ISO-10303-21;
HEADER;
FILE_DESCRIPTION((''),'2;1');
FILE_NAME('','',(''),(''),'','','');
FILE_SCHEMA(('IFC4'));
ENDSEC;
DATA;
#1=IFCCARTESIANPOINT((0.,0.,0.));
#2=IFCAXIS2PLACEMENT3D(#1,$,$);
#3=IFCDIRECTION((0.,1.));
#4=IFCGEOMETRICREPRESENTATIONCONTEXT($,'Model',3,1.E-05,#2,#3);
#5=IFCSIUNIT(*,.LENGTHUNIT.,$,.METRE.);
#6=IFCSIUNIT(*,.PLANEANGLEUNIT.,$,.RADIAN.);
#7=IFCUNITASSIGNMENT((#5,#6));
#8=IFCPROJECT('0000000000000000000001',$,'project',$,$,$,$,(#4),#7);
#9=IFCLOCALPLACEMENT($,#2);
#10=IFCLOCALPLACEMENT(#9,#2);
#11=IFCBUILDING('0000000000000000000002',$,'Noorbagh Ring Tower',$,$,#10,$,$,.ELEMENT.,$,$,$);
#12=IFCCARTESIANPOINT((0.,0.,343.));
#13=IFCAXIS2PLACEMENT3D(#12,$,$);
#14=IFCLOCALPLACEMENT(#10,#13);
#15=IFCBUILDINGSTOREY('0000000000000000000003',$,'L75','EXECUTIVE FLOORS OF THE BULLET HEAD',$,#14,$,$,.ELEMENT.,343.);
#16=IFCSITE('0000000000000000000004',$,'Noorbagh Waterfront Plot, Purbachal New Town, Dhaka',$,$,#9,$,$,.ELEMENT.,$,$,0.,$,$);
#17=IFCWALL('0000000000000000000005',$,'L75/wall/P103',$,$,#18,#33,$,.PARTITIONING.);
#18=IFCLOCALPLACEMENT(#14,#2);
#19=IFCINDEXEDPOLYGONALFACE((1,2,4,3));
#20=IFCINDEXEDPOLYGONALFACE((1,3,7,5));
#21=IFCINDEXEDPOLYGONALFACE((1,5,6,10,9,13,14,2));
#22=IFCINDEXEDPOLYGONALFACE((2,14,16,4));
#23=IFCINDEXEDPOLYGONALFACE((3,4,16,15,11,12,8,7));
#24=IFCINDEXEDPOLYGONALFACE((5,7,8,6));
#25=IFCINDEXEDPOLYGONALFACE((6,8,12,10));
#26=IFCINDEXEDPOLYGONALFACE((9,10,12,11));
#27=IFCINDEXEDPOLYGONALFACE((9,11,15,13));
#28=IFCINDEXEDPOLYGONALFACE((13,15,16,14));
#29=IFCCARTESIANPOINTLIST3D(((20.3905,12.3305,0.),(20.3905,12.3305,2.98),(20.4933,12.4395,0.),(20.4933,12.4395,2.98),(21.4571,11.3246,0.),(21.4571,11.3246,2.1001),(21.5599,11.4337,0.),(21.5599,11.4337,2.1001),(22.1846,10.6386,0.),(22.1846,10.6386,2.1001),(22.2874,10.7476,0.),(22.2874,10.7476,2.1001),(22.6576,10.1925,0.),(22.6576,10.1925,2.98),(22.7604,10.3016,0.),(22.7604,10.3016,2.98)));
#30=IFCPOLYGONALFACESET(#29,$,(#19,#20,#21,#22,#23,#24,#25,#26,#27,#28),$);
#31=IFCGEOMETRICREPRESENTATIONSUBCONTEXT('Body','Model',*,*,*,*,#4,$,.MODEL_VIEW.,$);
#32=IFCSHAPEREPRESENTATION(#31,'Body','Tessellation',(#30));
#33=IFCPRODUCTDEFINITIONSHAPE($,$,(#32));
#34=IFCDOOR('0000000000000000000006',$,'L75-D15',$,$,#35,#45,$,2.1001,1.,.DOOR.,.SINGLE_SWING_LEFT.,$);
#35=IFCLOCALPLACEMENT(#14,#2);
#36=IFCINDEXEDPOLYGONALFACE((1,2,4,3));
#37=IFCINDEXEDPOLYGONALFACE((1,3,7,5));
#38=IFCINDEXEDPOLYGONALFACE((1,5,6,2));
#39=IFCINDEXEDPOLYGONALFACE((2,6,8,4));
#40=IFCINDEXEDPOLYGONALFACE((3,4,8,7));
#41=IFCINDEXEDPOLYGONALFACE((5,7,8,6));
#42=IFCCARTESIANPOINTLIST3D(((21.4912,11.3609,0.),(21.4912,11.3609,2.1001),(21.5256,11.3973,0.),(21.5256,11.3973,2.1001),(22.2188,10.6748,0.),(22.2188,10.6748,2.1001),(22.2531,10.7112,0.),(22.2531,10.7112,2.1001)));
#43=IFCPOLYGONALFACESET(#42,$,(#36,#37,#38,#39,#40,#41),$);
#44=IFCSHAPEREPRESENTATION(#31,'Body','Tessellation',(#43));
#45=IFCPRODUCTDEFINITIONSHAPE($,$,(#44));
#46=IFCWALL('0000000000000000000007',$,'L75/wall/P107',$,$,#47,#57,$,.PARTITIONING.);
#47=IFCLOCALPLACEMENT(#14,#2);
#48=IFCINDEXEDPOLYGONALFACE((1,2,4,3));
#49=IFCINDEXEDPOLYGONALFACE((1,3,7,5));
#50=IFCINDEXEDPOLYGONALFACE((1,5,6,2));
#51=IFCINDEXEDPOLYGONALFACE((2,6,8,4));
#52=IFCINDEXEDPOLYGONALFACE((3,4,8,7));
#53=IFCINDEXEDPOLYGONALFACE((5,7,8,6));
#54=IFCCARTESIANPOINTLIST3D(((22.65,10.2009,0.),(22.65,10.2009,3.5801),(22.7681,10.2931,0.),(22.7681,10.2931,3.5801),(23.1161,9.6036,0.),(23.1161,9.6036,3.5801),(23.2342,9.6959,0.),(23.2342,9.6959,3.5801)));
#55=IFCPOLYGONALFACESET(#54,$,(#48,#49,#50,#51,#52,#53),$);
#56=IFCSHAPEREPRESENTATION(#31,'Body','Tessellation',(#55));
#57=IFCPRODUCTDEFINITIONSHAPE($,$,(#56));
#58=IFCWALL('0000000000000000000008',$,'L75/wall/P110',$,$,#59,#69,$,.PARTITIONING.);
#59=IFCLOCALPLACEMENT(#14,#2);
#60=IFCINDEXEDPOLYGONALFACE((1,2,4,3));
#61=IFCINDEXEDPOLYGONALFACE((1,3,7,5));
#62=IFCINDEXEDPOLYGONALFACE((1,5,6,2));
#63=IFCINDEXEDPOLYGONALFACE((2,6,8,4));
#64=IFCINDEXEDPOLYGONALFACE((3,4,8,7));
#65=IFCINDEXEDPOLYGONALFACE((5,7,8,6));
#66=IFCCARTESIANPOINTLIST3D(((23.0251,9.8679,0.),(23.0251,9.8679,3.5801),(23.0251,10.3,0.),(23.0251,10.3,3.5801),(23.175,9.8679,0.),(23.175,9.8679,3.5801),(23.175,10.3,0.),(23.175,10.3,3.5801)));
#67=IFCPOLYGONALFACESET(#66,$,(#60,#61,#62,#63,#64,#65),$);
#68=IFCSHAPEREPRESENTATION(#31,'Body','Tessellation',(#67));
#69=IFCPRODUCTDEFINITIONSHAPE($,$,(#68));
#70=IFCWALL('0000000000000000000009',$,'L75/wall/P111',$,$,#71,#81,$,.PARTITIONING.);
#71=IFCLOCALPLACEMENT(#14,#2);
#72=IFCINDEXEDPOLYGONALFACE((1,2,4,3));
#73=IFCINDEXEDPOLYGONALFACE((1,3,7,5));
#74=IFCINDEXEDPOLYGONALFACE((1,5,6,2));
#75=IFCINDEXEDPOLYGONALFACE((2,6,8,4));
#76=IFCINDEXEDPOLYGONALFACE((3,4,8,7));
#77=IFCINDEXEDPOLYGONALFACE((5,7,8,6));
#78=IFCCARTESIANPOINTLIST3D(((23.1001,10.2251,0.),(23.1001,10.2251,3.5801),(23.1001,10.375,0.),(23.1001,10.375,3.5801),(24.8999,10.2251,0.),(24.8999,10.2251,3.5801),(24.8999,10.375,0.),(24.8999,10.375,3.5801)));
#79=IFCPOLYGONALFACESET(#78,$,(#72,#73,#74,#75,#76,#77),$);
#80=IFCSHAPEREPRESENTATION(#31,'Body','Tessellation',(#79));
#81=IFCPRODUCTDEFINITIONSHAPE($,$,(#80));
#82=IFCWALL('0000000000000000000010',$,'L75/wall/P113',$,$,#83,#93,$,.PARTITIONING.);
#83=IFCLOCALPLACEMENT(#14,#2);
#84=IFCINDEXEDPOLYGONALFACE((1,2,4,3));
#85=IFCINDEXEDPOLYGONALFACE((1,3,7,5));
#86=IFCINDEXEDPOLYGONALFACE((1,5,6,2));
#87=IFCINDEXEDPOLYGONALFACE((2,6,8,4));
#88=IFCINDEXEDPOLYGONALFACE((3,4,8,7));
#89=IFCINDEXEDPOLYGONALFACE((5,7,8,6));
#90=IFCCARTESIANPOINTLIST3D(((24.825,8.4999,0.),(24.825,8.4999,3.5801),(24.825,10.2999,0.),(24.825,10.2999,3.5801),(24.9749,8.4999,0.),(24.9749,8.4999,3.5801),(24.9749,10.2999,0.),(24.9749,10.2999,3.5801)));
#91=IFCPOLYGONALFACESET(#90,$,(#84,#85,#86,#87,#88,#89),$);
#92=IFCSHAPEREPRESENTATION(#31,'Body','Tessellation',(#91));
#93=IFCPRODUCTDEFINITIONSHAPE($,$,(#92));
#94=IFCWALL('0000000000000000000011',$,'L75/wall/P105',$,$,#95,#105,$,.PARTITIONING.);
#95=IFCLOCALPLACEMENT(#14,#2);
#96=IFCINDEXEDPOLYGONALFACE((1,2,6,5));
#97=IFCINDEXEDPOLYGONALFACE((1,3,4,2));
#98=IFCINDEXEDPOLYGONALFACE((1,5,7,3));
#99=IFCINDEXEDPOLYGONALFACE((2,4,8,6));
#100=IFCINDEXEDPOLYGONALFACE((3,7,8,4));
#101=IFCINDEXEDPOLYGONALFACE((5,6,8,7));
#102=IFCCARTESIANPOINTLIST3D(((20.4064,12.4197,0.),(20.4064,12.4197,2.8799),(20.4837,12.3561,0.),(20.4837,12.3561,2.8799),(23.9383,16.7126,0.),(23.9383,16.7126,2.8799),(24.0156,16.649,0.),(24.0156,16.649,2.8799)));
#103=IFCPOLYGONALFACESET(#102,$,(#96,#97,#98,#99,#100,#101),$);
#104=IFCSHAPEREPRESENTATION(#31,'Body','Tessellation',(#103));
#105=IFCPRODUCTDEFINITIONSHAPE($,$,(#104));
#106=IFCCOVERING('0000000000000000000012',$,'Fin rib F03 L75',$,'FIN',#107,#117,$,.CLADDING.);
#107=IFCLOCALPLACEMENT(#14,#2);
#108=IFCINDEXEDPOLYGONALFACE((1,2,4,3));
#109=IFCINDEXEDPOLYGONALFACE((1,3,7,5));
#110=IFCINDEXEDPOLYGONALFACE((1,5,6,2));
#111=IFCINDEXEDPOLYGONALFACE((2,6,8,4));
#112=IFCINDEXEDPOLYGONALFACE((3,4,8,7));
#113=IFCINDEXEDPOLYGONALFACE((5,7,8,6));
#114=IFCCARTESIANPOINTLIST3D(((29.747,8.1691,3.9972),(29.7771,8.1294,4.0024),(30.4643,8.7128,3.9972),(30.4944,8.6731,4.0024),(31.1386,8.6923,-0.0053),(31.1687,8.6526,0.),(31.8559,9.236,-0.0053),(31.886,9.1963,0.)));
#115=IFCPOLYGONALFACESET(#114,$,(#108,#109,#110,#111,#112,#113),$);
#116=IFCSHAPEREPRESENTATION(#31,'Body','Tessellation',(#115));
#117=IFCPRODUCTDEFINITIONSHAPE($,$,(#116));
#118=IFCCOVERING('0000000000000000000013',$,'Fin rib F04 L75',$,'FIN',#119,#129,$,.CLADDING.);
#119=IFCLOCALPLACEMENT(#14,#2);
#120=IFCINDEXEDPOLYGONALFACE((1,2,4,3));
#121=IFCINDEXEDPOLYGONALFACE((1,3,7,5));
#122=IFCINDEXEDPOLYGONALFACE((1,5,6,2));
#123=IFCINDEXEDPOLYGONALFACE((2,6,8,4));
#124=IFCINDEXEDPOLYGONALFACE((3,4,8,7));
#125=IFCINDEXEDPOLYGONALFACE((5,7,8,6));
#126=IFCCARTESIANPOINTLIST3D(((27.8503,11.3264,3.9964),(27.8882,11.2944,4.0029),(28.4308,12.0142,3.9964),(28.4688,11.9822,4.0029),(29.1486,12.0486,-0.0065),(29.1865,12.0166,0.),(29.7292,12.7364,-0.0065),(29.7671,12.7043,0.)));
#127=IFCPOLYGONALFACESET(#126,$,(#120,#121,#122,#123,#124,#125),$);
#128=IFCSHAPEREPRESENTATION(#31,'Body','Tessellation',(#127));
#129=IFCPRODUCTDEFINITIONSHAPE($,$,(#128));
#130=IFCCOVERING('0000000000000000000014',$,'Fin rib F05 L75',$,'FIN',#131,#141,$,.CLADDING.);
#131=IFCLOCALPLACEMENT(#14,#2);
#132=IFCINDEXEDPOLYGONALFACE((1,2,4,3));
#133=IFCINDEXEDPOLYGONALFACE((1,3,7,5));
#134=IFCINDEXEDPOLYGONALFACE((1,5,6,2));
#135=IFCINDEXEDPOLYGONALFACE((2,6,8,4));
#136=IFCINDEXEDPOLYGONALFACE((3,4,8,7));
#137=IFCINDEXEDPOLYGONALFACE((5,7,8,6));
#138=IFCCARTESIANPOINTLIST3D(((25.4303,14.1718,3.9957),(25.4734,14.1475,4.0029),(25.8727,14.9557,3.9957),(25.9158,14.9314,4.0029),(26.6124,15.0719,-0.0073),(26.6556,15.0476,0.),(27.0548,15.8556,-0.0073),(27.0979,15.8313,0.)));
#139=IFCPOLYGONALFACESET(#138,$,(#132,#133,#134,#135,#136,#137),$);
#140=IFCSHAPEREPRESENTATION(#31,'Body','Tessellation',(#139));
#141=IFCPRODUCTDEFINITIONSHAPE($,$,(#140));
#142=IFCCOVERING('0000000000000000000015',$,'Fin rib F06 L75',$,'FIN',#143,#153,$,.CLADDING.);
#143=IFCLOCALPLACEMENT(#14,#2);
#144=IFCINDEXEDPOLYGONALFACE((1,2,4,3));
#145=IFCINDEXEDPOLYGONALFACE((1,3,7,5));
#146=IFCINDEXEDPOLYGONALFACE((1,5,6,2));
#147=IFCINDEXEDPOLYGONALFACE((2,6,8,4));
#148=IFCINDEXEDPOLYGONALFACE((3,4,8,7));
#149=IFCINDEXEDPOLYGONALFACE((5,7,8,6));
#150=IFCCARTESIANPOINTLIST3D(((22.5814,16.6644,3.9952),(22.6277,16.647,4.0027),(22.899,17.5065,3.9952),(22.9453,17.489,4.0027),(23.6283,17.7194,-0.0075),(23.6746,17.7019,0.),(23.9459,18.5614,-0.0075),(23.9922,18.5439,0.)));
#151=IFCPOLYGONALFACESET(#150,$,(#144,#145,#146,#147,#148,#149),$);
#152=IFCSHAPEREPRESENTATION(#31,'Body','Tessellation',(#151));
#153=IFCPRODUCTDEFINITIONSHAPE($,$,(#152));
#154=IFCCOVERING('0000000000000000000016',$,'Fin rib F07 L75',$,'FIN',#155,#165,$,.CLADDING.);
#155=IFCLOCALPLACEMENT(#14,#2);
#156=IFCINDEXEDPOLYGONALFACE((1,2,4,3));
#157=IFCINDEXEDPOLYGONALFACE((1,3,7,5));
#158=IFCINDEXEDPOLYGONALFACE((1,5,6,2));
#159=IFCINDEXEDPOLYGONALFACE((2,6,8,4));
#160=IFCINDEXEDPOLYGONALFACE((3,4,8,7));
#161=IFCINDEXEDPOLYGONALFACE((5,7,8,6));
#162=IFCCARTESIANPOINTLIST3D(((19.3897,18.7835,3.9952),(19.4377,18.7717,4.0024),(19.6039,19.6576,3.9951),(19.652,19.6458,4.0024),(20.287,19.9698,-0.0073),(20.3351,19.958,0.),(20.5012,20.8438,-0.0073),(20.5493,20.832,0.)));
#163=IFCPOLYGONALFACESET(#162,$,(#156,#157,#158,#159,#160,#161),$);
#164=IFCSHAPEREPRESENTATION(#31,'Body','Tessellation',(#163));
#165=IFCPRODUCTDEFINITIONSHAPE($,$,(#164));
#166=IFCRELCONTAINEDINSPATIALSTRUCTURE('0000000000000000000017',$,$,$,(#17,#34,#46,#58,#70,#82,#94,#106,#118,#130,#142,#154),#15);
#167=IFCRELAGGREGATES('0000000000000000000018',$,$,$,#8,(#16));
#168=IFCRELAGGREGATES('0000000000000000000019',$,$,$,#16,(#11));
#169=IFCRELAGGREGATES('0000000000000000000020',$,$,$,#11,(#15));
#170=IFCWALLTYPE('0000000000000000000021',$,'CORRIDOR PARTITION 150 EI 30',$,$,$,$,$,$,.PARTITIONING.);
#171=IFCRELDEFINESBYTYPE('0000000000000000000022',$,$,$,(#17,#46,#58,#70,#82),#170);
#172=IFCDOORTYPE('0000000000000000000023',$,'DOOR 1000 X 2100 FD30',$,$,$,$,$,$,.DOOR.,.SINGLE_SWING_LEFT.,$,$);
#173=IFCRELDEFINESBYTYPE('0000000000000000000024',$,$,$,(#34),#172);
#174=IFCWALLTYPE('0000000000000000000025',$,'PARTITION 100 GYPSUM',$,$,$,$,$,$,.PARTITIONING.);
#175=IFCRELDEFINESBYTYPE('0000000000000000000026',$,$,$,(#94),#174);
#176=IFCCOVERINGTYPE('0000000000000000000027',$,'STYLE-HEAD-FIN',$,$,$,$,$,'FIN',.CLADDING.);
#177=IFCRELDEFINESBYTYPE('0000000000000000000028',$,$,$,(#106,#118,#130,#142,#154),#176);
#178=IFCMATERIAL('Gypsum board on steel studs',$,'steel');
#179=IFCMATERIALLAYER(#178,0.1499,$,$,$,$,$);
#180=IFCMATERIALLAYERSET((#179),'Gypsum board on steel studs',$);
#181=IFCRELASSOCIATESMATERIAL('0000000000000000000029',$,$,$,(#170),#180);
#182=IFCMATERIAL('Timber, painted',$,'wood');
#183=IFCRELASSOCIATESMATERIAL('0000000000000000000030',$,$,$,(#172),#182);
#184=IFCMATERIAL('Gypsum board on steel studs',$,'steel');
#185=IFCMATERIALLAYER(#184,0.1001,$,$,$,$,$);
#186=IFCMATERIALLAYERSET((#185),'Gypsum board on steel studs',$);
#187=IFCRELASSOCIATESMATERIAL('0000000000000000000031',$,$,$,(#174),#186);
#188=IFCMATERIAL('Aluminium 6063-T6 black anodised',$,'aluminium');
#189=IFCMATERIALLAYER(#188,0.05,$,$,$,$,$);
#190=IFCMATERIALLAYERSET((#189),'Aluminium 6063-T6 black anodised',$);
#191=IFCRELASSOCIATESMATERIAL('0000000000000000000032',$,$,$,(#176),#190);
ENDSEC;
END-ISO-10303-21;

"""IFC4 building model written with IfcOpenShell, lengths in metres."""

from ifc_helpers import new_model, si_unit, direction, frame, frame_2d, origin, place, context, subcontext, project, spatial, polyline, rectangle, outline, extrude, material, layer, layer_set, type_object, element, fill, save


model = new_model("IFC4")

# Units and contexts
model_context = context("Model", 3, precision=1e-05, world=origin(), true_north=direction((0.0, 1.0)))
body_context = subcontext(model_context, "Body", "Model", "MODEL_VIEW")
ifc_project = project(units=[si_unit("LENGTHUNIT", "METRE"), si_unit("PLANEANGLEUNIT", "RADIAN")], contexts=[model_context])

# Site, building, storey
site_placement = place(None, origin())
site = spatial("IfcSite", under=ifc_project, at=site_placement, Name="Noorbagh Waterfront Plot, Purbachal New Town, Dhaka", CompositionType="ELEMENT", RefElevation=0.0)
building_placement = place(site_placement, origin())
building = spatial("IfcBuilding", under=site, at=building_placement, Name="Noorbagh Ring Tower", CompositionType="ELEMENT")
storey_placement = place(building_placement, frame((0.0, 0.0, 343.0)))
storey = spatial("IfcBuildingStorey", under=building, at=storey_placement, Name="L75", Description="EXECUTIVE FLOORS OF THE BULLET HEAD", CompositionType="ELEMENT", Elevation=343.0)

# Shared definitions
ifc_material_1 = material(Name="Gypsum board on steel studs", Category="steel")
ifc_layer_1 = layer(ifc_material_1, 0.1499)
ifc_layer_set_1 = layer_set([ifc_layer_1], Name="Gypsum board on steel studs")
wall_type_1 = type_object("IfcWallType", Name="CORRIDOR PARTITION 150 EI 30", PredefinedType="PARTITIONING", material=ifc_layer_set_1)

# Wall, opening, door
wall_1_placement = place(storey_placement, frame((20.4419, 12.385, 0.0), z_axis=(0.0, 0.0, 1.0), x_axis=(0.727526, -0.68608, 0.0)))
wall_1 = element("IfcWall", 1, at=wall_1_placement, inside=storey, type_object=wall_type_1, Name="L75/wall/P103", PredefinedType="PARTITIONING", context=body_context, shape_type="SweptSolid", body=[
    extrude(rectangle(XDim=3.1162, YDim=0.1499, at=frame_2d((1.5581, 0.0))), origin(), (0.0, 0.0, 1.0), 2.98),
])
opening_placement = place(wall_1_placement, frame((1.4661, 0.0, 0.0)))
opening = element("IfcOpeningElement", 2, at=opening_placement, cuts=wall_1, PredefinedType="OPENING", context=body_context, shape_type="SweptSolid", body=[
    extrude(rectangle(XDim=1.0, YDim=2.1001, at=frame_2d((0.5, 1.05))), frame((0.0, 0.085, 0.0), z_axis=(0.0, -1.0, 0.0), x_axis=(1.0, 0.0, 0.0)), (0.0, 0.0, 1.0), 0.1699),
])
ifc_material_2 = material(Name="Timber, painted", Category="wood")
door_type = type_object("IfcDoorType", Name="DOOR 1000 X 2100 FD30", OperationType="SINGLE_SWING_LEFT", PredefinedType="DOOR", material=ifc_material_2)
door_placement = place(opening_placement, origin())
door = element("IfcDoor", 3, at=door_placement, inside=storey, type_object=door_type, Name="L75-D15", OperationType="SINGLE_SWING_LEFT", OverallHeight=2.1001, OverallWidth=1.0, PredefinedType="DOOR", context=body_context, shape_type="SweptSolid", body=[
    extrude(rectangle(XDim=1.0, YDim=2.1001, at=frame_2d((0.5, 1.05))), frame((0.0, 0.0249, 0.0), z_axis=(0.0, -1.0, 0.0), x_axis=(1.0, 0.0, 0.0)), (0.0, 0.0, 1.0), 0.05),
])
fill(opening, door)

# Walls
wall_2_placement = place(storey_placement, frame((22.709, 10.2471, 0.0), z_axis=(0.0, 0.0, 1.0), x_axis=(0.615256, -0.788327, 0.0)))
element("IfcWall", 4, at=wall_2_placement, inside=storey, type_object=wall_type_1, Name="L75/wall/P107", PredefinedType="PARTITIONING", context=body_context, shape_type="SweptSolid", body=[
    extrude(rectangle(XDim=0.7576, YDim=0.1499, at=frame_2d((0.3789, 0.0))), origin(), (0.0, 0.0, 1.0), 3.5801),
])
wall_3_placement = place(storey_placement, frame((23.1001, 9.8679, 0.0), z_axis=(0.0, 0.0, 1.0), x_axis=(0.0, 1.0, 0.0)))
element("IfcWall", 5, at=wall_3_placement, inside=storey, type_object=wall_type_1, Name="L75/wall/P110", PredefinedType="PARTITIONING", context=body_context, shape_type="SweptSolid", body=[
    extrude(rectangle(XDim=0.4321, YDim=0.1499, at=frame_2d((0.2161, 0.0))), origin(), (0.0, 0.0, 1.0), 3.5801),
])
wall_4_placement = place(storey_placement, frame((23.1001, 10.3, 0.0), z_axis=(0.0, 0.0, 1.0), x_axis=(1.0, 0.0, 0.0)))
element("IfcWall", 6, at=wall_4_placement, inside=storey, type_object=wall_type_1, Name="L75/wall/P111", PredefinedType="PARTITIONING", context=body_context, shape_type="SweptSolid", body=[
    extrude(rectangle(XDim=1.7998, YDim=0.1499, at=frame_2d((0.8999, 0.0))), origin(), (0.0, 0.0, 1.0), 3.5801),
])
wall_5_placement = place(storey_placement, frame((24.8999, 8.5, 0.0), z_axis=(0.0, 0.0, 1.0), x_axis=(0.0, 1.0, 0.0)))
element("IfcWall", 7, at=wall_5_placement, inside=storey, type_object=wall_type_1, Name="L75/wall/P113", PredefinedType="PARTITIONING", context=body_context, shape_type="SweptSolid", body=[
    extrude(rectangle(XDim=1.8, YDim=0.1499, at=frame_2d((0.8999, 0.0))), origin(), (0.0, 0.0, 1.0), 3.5801),
])
ifc_material_3 = material(Name="Gypsum board on steel studs", Category="steel")
ifc_layer_2 = layer(ifc_material_3, 0.1001)
ifc_layer_set_2 = layer_set([ifc_layer_2], Name="Gypsum board on steel studs")
wall_type_2 = type_object("IfcWallType", Name="PARTITION 100 GYPSUM", PredefinedType="PARTITIONING", material=ifc_layer_set_2)
wall_6_placement = place(storey_placement, frame((20.4451, 12.3879, 0.0), z_axis=(0.0, 0.0, 1.0), x_axis=(0.635342, 0.772231, 0.0)))
element("IfcWall", 8, at=wall_6_placement, inside=storey, type_object=wall_type_2, Name="L75/wall/P105", PredefinedType="PARTITIONING", context=body_context, shape_type="SweptSolid", body=[
    extrude(rectangle(XDim=5.5591, YDim=0.1001, at=frame_2d((2.7795, 0.0))), origin(), (0.0, 0.0, 1.0), 2.8799),
])

# Coverings
ifc_material_4 = material(Name="Aluminium 6063-T6 black anodised", Category="aluminium")
ifc_layer_3 = layer(ifc_material_4, 0.05)
ifc_layer_set_3 = layer_set([ifc_layer_3], Name="Aluminium 6063-T6 black anodised")
covering_type_1 = type_object("IfcCoveringType", Name="STYLE-HEAD-FIN", ElementType="FIN", PredefinedType="CLADDING", material=ifc_layer_set_3)
covering_1_placement = place(storey_placement, frame((31.886, 9.1963, 0.0), z_axis=(0.600716, -0.792502, 0.105267), x_axis=(-0.32593, -0.122538, 0.937419)))
element("IfcCovering", 9, at=covering_1_placement, inside=storey, type_object=covering_type_1, Name="Fin rib F03 L75", ObjectType="FIN", PredefinedType="CLADDING", context=body_context, shape_type="SweptSolid", body=[
    extrude(outline(polyline([(0.0, 0.0), (4.2696, 0.0), (4.57, 0.8484), (0.3004, 0.8484), (0.0, 0.0)])), origin(), (0.0, 0.0, -1.0), 0.05),
])
covering_2_placement = place(storey_placement, frame((29.7671, 12.7043, 0.0), z_axis=(0.757617, -0.639551, 0.13035), x_axis=(-0.30408, -0.169136, 0.937512)))
element("IfcCovering", 10, at=covering_2_placement, inside=storey, type_object=covering_type_1, Name="Fin rib F04 L75", ObjectType="FIN", PredefinedType="CLADDING", context=body_context, shape_type="SweptSolid", body=[
    extrude(outline(polyline([(0.0, 0.0), (4.2697, 0.0), (4.5626, 0.851), (0.2929, 0.851), (0.0, 0.0)])), origin(), (0.0, 0.0, -1.0), 0.05),
])
covering_3_placement = place(storey_placement, frame((27.0979, 15.8313, 0.0), z_axis=(0.86165, -0.486314, 0.145116), x_axis=(-0.27685, -0.210769, 0.937513)))
element("IfcCovering", 11, at=covering_3_placement, inside=storey, type_object=covering_type_1, Name="Fin rib F05 L75", ObjectType="FIN", PredefinedType="CLADDING", context=body_context, shape_type="SweptSolid", body=[
    extrude(outline(polyline([(0.0, 0.0), (4.2697, 0.0), (4.5574, 0.8529), (0.2877, 0.8527), (0.0, 0.0)])), origin(), (0.0, 0.0, -1.0), 0.05),
])
covering_4_placement = place(storey_placement, frame((23.9922, 18.5439, 0.0), z_axis=(0.925065, -0.348944, 0.149978), x_axis=(-0.245187, -0.247074, 0.937463)))
element("IfcCovering", 12, at=covering_4_placement, inside=storey, type_object=covering_type_1, Name="Fin rib F06 L75", ObjectType="FIN", PredefinedType="CLADDING", context=body_context, shape_type="SweptSolid", body=[
    extrude(outline(polyline([(0.0, 0.0), (4.2697, 0.0), (4.5556, 0.8533), (0.2859, 0.8533), (0.0, 0.0)])), origin(), (0.0, 0.0, -1.0), 0.05),
])
covering_5_placement = place(storey_placement, frame((20.5493, 20.832, 0.0), z_axis=(0.960896, -0.235527, 0.145623), x_axis=(-0.210154, -0.277819, 0.937364)))
element("IfcCovering", 13, at=covering_5_placement, inside=storey, type_object=covering_type_1, Name="Fin rib F07 L75", ObjectType="FIN", PredefinedType="CLADDING", context=body_context, shape_type="SweptSolid", body=[
    extrude(outline(polyline([(0.0, 0.0), (4.2699, 0.0), (4.5577, 0.8526), (0.2878, 0.8526), (0.0, 0.0)])), origin(), (0.0, 0.0, -1.0), 0.05),
])

save(model, "model.ifc")
